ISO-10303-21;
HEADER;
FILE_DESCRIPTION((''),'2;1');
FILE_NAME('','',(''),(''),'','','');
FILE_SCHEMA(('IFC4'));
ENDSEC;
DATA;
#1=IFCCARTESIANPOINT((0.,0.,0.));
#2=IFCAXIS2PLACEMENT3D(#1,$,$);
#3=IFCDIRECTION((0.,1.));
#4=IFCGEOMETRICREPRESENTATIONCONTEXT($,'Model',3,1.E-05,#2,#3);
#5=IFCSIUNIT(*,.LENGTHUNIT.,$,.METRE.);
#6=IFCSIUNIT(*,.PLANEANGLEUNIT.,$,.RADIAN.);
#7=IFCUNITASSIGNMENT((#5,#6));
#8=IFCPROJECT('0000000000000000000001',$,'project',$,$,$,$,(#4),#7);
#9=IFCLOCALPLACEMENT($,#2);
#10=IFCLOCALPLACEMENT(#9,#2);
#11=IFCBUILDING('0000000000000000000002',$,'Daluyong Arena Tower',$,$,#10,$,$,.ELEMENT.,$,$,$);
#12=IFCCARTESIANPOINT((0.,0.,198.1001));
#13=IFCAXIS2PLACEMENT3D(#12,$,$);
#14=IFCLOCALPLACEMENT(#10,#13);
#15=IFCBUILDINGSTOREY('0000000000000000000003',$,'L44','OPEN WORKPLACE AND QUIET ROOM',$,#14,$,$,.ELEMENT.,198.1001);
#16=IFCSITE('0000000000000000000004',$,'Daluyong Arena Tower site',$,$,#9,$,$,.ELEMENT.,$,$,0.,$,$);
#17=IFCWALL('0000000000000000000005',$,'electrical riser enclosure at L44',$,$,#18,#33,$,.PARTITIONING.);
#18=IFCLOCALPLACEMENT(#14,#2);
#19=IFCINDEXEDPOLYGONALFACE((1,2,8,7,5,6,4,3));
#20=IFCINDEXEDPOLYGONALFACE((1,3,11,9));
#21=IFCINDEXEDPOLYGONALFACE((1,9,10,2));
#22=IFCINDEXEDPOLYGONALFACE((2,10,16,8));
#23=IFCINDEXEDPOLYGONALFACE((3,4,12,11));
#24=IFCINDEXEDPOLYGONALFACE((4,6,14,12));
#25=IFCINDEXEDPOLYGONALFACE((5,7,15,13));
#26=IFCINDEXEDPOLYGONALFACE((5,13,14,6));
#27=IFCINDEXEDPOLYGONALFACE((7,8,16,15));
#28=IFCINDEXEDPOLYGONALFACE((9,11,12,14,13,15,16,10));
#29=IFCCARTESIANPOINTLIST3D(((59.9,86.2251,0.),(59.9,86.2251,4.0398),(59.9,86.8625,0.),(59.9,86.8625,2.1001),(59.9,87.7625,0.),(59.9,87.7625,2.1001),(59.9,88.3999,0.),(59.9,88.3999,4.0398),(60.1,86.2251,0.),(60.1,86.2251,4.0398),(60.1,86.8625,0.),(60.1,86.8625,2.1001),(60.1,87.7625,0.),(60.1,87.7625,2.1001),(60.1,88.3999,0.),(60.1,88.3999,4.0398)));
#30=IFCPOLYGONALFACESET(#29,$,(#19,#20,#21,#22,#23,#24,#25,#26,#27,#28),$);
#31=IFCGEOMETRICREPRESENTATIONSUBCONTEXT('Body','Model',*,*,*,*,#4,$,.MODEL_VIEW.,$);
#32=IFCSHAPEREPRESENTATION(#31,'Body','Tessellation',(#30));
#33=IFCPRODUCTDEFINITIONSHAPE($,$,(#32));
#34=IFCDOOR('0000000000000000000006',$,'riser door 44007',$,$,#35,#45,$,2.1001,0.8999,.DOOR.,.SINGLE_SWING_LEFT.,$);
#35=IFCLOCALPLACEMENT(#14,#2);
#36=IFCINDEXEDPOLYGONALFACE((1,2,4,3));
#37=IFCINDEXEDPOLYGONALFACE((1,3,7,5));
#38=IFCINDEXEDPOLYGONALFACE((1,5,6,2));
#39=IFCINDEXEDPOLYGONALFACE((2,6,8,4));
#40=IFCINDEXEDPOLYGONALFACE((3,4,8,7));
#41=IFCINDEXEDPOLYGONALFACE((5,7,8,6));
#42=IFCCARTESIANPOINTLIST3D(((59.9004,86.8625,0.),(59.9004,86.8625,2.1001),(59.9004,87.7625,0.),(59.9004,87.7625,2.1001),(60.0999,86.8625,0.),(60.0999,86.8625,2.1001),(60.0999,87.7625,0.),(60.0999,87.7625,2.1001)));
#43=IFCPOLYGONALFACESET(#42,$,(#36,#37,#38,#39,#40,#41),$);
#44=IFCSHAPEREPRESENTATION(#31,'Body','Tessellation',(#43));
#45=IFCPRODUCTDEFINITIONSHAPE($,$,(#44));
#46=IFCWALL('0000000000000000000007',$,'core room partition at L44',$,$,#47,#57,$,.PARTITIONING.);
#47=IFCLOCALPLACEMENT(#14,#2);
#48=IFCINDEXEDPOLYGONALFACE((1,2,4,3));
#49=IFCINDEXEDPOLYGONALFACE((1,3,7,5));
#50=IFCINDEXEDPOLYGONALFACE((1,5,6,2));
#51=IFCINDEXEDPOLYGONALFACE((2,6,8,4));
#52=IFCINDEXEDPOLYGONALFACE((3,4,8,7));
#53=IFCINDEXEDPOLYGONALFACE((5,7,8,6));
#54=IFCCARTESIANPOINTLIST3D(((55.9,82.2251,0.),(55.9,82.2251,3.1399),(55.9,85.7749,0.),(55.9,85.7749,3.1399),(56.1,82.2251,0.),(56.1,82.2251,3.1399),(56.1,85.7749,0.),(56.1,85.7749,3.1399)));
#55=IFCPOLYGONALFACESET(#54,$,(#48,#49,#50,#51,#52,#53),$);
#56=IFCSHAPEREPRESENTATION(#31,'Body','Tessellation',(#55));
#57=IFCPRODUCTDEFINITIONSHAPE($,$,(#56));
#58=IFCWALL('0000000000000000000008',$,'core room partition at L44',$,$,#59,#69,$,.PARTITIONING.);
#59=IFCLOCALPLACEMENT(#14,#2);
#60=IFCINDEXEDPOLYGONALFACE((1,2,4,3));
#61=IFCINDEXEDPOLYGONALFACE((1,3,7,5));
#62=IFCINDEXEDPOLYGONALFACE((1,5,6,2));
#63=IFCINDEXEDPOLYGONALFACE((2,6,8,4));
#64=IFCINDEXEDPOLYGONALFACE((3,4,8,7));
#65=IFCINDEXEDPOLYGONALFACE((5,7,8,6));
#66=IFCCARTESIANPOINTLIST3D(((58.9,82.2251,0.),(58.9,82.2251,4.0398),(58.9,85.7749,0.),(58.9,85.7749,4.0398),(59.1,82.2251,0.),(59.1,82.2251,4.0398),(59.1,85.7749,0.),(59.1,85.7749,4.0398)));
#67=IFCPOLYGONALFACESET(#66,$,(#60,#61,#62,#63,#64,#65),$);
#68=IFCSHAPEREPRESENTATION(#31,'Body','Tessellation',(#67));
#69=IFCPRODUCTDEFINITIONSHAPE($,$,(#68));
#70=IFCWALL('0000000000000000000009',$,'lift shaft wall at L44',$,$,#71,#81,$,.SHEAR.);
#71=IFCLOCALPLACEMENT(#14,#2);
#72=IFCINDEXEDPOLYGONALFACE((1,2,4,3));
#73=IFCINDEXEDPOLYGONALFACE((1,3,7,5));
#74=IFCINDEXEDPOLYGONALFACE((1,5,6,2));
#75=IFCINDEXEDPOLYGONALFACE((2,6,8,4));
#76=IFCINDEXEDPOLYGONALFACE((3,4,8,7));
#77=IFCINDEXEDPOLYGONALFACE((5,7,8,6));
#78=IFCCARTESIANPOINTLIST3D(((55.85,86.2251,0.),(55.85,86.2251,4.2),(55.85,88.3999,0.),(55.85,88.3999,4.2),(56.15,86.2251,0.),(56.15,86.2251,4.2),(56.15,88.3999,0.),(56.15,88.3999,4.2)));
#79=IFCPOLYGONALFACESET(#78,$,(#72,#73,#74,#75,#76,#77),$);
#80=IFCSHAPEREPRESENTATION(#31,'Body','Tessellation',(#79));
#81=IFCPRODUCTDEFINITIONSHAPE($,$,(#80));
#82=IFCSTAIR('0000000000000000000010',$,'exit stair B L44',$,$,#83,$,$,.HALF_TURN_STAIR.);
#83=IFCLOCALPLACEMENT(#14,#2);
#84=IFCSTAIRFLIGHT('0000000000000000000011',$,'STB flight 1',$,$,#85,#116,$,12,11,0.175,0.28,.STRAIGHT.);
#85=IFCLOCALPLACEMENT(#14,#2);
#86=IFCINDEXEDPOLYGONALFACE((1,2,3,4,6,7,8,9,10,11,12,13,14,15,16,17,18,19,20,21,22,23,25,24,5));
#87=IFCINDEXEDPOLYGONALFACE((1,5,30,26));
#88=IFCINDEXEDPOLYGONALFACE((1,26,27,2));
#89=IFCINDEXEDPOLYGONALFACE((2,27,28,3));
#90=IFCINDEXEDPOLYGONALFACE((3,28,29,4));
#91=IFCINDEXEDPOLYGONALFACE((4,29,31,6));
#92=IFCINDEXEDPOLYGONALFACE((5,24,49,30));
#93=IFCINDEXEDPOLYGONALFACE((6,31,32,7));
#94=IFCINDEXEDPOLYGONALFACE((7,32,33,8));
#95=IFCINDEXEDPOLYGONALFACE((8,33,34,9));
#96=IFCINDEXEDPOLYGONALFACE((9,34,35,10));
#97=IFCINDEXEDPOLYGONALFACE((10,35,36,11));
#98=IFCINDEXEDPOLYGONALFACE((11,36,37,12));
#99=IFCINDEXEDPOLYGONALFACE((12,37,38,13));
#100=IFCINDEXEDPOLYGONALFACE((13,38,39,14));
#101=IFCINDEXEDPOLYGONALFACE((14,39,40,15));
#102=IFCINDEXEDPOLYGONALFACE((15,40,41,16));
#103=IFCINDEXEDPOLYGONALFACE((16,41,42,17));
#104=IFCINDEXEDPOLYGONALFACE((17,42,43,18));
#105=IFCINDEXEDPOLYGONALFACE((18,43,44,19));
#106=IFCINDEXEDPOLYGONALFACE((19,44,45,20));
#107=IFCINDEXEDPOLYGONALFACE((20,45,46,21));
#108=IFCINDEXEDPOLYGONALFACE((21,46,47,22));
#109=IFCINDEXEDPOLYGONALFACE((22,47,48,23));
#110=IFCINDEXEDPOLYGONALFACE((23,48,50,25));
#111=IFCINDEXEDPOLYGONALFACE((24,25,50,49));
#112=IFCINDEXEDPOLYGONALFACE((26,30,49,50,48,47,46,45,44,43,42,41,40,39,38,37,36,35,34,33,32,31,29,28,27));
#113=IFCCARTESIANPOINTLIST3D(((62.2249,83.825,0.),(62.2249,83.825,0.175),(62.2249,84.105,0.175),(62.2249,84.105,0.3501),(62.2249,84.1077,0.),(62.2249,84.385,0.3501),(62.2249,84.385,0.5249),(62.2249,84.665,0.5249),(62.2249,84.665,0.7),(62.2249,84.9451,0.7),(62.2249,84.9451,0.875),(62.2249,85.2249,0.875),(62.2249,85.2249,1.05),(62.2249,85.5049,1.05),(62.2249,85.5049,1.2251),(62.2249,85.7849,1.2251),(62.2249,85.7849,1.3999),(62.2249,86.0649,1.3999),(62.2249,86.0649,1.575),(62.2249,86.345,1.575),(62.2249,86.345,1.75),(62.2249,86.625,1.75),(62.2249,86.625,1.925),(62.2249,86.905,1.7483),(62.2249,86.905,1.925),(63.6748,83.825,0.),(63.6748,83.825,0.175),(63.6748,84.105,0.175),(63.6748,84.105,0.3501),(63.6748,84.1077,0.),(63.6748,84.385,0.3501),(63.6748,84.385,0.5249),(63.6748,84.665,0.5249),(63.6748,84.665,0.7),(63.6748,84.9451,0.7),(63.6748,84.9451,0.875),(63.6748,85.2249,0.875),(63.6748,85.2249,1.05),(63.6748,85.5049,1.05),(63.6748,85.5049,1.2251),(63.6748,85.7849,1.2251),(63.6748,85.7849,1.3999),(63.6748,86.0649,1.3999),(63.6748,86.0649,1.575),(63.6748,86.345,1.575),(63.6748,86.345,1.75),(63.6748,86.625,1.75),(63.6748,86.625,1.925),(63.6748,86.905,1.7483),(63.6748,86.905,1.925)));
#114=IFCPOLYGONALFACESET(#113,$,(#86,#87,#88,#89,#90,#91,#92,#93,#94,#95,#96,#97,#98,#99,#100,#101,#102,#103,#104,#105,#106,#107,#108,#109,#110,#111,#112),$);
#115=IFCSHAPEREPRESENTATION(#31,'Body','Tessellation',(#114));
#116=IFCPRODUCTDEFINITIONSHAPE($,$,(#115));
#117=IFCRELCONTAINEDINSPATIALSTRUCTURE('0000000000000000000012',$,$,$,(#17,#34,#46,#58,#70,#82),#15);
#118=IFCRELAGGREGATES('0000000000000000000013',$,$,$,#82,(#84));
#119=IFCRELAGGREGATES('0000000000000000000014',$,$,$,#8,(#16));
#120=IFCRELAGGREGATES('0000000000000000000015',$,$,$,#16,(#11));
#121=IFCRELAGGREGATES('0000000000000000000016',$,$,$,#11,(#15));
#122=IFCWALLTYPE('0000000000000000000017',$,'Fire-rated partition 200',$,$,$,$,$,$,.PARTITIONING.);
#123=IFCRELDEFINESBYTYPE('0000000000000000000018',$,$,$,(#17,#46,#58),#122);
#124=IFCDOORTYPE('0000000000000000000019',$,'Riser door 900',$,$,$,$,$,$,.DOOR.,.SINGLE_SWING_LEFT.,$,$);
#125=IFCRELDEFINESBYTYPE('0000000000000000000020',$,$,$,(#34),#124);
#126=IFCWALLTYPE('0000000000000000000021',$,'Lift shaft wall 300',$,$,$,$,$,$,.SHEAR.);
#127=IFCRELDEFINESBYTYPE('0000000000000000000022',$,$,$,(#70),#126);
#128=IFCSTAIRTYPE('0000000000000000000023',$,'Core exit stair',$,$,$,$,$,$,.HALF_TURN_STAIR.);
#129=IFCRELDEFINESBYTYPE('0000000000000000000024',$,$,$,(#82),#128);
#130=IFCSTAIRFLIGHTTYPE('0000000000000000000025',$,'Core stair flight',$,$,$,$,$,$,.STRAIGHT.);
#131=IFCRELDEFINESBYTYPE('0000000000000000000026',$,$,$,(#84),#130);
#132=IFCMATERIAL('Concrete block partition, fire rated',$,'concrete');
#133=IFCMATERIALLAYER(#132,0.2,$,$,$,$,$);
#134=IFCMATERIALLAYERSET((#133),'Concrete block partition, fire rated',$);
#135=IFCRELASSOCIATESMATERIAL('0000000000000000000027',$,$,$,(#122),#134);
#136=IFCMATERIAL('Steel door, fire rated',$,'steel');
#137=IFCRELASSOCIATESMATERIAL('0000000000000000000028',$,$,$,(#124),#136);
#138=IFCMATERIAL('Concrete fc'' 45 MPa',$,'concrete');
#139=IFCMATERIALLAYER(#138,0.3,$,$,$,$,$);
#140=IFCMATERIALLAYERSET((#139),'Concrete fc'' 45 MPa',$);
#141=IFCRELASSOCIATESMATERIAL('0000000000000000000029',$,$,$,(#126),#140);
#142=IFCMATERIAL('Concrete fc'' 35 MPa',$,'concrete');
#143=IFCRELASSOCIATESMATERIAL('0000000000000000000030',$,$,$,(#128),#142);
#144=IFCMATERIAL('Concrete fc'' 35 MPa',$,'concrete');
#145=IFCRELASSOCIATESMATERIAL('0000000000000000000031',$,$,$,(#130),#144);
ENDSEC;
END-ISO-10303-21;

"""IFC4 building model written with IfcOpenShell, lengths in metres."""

from ifc_helpers import new_model, si_unit, direction, frame, frame_2d, origin, place, context, subcontext, project, spatial, polyline, rectangle, outline, extrude, material, layer, layer_set, type_object, element, fill, aggregate, save


model = new_model("IFC4")

# Units and contexts
model_context = context("Model", 3, precision=1e-05, world=origin(), true_north=direction((0.0, 1.0)))
body_context = subcontext(model_context, "Body", "Model", "MODEL_VIEW")
ifc_project = project(units=[si_unit("LENGTHUNIT", "METRE"), si_unit("PLANEANGLEUNIT", "RADIAN")], contexts=[model_context])

# Site, building, storey
site_placement = place(None, origin())
site = spatial("IfcSite", under=ifc_project, at=site_placement, Name="Daluyong Arena Tower site", CompositionType="ELEMENT", RefElevation=0.0)
building_placement = place(site_placement, origin())
building = spatial("IfcBuilding", under=site, at=building_placement, Name="Daluyong Arena Tower", CompositionType="ELEMENT")
storey_placement = place(building_placement, frame((0.0, 0.0, 198.1001)))
storey = spatial("IfcBuildingStorey", under=building, at=storey_placement, Name="L44", Description="OPEN WORKPLACE AND QUIET ROOM", CompositionType="ELEMENT", Elevation=198.1001)

# Wall, opening, door
ifc_material_1 = material(Name="Concrete block partition, fire rated", Category="concrete")
ifc_layer_1 = layer(ifc_material_1, 0.2)
ifc_layer_set_1 = layer_set([ifc_layer_1], Name="Concrete block partition, fire rated")
wall_type_1 = type_object("IfcWallType", Name="Fire-rated partition 200", PredefinedType="PARTITIONING", material=ifc_layer_set_1)
wall_1_placement = place(storey_placement, frame((60.0, 86.2251, 0.0), z_axis=(0.0, 0.0, 1.0), x_axis=(0.0, 1.0, 0.0)))
wall_1 = element("IfcWall", 1, at=wall_1_placement, inside=storey, type_object=wall_type_1, Name="electrical riser enclosure at L44", PredefinedType="PARTITIONING", context=body_context, shape_type="SweptSolid", body=[
    extrude(rectangle(XDim=2.1748, YDim=0.2, at=frame_2d((1.0874, 0.0))), origin(), (0.0, 0.0, 1.0), 4.0398),
])
opening_1_placement = place(wall_1_placement, frame((0.6375, 0.0, 0.0)))
opening_1 = element("IfcOpeningElement", 2, at=opening_1_placement, cuts=wall_1, PredefinedType="OPENING", context=body_context, shape_type="SweptSolid", body=[
    extrude(rectangle(XDim=0.8999, YDim=2.1001, at=frame_2d((0.45, 1.05))), frame((0.0, 0.1099, 0.0), z_axis=(0.0, -1.0, 0.0), x_axis=(1.0, 0.0, 0.0)), (0.0, 0.0, 1.0), 0.22),
])
ifc_material_2 = material(Name="Steel door, fire rated", Category="steel")
door_type_1 = type_object("IfcDoorType", Name="Riser door 900", OperationType="SINGLE_SWING_LEFT", PredefinedType="DOOR", material=ifc_material_2)
door_1_placement = place(opening_1_placement, origin())
door_1 = element("IfcDoor", 3, at=door_1_placement, inside=storey, type_object=door_type_1, Name="riser door 44007", OperationType="SINGLE_SWING_LEFT", OverallHeight=2.1001, OverallWidth=0.8999, PredefinedType="DOOR", context=body_context, shape_type="SweptSolid", body=[
    extrude(rectangle(XDim=0.8999, YDim=2.1001, at=frame_2d((0.45, 1.05))), frame((0.0, 0.0996, 0.0), z_axis=(0.0, -1.0, 0.0), x_axis=(1.0, 0.0, 0.0)), (0.0, 0.0, 1.0), 0.1995),
])
fill(opening_1, door_1)

# Walls
wall_2_placement = place(storey_placement, frame((56.0, 82.2251, 0.0), z_axis=(0.0, 0.0, 1.0), x_axis=(0.0, 1.0, 0.0)))
element("IfcWall", 4, at=wall_2_placement, inside=storey, type_object=wall_type_1, Name="core room partition at L44", PredefinedType="PARTITIONING", context=body_context, shape_type="SweptSolid", body=[
    extrude(rectangle(XDim=3.5498, YDim=0.2, at=frame_2d((1.7749, 0.0))), origin(), (0.0, 0.0, 1.0), 3.1399),
])
wall_3_placement = place(storey_placement, frame((59.0, 82.2251, 0.0), z_axis=(0.0, 0.0, 1.0), x_axis=(0.0, 1.0, 0.0)))
element("IfcWall", 5, at=wall_3_placement, inside=storey, type_object=wall_type_1, Name="core room partition at L44", PredefinedType="PARTITIONING", context=body_context, shape_type="SweptSolid", body=[
    extrude(rectangle(XDim=3.5498, YDim=0.2, at=frame_2d((1.7749, 0.0))), origin(), (0.0, 0.0, 1.0), 4.0398),
])
ifc_material_3 = material(Name="Concrete fc' 45 MPa", Category="concrete")
ifc_layer_2 = layer(ifc_material_3, 0.3)
ifc_layer_set_2 = layer_set([ifc_layer_2], Name="Concrete fc' 45 MPa")
wall_type_2 = type_object("IfcWallType", Name="Lift shaft wall 300", PredefinedType="SHEAR", material=ifc_layer_set_2)
wall_4_placement = place(storey_placement, frame((56.0, 86.2251, 0.0), z_axis=(0.0, 0.0, 1.0), x_axis=(0.0, 1.0, 0.0)))
element("IfcWall", 6, at=wall_4_placement, inside=storey, type_object=wall_type_2, Name="lift shaft wall at L44", PredefinedType="SHEAR", context=body_context, shape_type="SweptSolid", body=[
    extrude(rectangle(XDim=2.1748, YDim=0.3, at=frame_2d((1.0874, 0.0))), origin(), (0.0, 0.0, 1.0), 4.2),
])

# Stair, stair flight
ifc_material_4 = material(Name="Concrete fc' 35 MPa", Category="concrete")
stair_type = type_object("IfcStairType", Name="Core exit stair", PredefinedType="HALF_TURN_STAIR", material=ifc_material_4)
stair_placement = place(storey_placement, origin())
stair = element("IfcStair", 7, at=stair_placement, inside=storey, type_object=stair_type, Name="exit stair B L44", PredefinedType="HALF_TURN_STAIR")
ifc_material_5 = material(Name="Concrete fc' 35 MPa", Category="concrete")
stair_flight_type = type_object("IfcStairFlightType", Name="Core stair flight", PredefinedType="STRAIGHT", material=ifc_material_5)
stair_flight_placement = place(storey_placement, frame((62.95, 83.825, 0.0), z_axis=(0.0, 0.0, 1.0), x_axis=(0.0, 1.0, 0.0)))
stair_flight = element("IfcStairFlight", 8, at=stair_flight_placement, type_object=stair_flight_type, Name="STB flight 1", NumberOfRisers=12, NumberOfTreads=11, PredefinedType="STRAIGHT", RiserHeight=0.175, TreadLength=0.28, context=body_context, shape_type="SweptSolid", body=[
    extrude(outline(polyline([(0.0, 0.0), (0.0, 0.175), (0.28, 0.175), (0.28, 0.3501), (0.5601, 0.3501), (0.5601, 0.5249), (0.8401, 0.5249), (0.8401, 0.7), (1.1201, 0.7), (1.1201, 0.875), (1.3999, 0.875), (1.3999, 1.05), (1.6799, 1.05), (1.6799, 1.2251), (1.96, 1.2251), (1.96, 1.3999), (2.24, 1.3999), (2.24, 1.575), (2.52, 1.575), (2.52, 1.75), (2.8, 1.75), (2.8, 1.925), (3.0801, 1.925), (3.0801, 2.1001), (3.0801, 1.7483), (0.2827, 0.0), (0.0, 0.0)])), frame((0.0, 0.7251, 0.0), z_axis=(0.0, -1.0, 0.0), x_axis=(1.0, 0.0, 0.0)), (0.0, 0.0, 1.0), 1.45),
])
aggregate(stair, [stair_flight])

save(model, "model.ifc")
